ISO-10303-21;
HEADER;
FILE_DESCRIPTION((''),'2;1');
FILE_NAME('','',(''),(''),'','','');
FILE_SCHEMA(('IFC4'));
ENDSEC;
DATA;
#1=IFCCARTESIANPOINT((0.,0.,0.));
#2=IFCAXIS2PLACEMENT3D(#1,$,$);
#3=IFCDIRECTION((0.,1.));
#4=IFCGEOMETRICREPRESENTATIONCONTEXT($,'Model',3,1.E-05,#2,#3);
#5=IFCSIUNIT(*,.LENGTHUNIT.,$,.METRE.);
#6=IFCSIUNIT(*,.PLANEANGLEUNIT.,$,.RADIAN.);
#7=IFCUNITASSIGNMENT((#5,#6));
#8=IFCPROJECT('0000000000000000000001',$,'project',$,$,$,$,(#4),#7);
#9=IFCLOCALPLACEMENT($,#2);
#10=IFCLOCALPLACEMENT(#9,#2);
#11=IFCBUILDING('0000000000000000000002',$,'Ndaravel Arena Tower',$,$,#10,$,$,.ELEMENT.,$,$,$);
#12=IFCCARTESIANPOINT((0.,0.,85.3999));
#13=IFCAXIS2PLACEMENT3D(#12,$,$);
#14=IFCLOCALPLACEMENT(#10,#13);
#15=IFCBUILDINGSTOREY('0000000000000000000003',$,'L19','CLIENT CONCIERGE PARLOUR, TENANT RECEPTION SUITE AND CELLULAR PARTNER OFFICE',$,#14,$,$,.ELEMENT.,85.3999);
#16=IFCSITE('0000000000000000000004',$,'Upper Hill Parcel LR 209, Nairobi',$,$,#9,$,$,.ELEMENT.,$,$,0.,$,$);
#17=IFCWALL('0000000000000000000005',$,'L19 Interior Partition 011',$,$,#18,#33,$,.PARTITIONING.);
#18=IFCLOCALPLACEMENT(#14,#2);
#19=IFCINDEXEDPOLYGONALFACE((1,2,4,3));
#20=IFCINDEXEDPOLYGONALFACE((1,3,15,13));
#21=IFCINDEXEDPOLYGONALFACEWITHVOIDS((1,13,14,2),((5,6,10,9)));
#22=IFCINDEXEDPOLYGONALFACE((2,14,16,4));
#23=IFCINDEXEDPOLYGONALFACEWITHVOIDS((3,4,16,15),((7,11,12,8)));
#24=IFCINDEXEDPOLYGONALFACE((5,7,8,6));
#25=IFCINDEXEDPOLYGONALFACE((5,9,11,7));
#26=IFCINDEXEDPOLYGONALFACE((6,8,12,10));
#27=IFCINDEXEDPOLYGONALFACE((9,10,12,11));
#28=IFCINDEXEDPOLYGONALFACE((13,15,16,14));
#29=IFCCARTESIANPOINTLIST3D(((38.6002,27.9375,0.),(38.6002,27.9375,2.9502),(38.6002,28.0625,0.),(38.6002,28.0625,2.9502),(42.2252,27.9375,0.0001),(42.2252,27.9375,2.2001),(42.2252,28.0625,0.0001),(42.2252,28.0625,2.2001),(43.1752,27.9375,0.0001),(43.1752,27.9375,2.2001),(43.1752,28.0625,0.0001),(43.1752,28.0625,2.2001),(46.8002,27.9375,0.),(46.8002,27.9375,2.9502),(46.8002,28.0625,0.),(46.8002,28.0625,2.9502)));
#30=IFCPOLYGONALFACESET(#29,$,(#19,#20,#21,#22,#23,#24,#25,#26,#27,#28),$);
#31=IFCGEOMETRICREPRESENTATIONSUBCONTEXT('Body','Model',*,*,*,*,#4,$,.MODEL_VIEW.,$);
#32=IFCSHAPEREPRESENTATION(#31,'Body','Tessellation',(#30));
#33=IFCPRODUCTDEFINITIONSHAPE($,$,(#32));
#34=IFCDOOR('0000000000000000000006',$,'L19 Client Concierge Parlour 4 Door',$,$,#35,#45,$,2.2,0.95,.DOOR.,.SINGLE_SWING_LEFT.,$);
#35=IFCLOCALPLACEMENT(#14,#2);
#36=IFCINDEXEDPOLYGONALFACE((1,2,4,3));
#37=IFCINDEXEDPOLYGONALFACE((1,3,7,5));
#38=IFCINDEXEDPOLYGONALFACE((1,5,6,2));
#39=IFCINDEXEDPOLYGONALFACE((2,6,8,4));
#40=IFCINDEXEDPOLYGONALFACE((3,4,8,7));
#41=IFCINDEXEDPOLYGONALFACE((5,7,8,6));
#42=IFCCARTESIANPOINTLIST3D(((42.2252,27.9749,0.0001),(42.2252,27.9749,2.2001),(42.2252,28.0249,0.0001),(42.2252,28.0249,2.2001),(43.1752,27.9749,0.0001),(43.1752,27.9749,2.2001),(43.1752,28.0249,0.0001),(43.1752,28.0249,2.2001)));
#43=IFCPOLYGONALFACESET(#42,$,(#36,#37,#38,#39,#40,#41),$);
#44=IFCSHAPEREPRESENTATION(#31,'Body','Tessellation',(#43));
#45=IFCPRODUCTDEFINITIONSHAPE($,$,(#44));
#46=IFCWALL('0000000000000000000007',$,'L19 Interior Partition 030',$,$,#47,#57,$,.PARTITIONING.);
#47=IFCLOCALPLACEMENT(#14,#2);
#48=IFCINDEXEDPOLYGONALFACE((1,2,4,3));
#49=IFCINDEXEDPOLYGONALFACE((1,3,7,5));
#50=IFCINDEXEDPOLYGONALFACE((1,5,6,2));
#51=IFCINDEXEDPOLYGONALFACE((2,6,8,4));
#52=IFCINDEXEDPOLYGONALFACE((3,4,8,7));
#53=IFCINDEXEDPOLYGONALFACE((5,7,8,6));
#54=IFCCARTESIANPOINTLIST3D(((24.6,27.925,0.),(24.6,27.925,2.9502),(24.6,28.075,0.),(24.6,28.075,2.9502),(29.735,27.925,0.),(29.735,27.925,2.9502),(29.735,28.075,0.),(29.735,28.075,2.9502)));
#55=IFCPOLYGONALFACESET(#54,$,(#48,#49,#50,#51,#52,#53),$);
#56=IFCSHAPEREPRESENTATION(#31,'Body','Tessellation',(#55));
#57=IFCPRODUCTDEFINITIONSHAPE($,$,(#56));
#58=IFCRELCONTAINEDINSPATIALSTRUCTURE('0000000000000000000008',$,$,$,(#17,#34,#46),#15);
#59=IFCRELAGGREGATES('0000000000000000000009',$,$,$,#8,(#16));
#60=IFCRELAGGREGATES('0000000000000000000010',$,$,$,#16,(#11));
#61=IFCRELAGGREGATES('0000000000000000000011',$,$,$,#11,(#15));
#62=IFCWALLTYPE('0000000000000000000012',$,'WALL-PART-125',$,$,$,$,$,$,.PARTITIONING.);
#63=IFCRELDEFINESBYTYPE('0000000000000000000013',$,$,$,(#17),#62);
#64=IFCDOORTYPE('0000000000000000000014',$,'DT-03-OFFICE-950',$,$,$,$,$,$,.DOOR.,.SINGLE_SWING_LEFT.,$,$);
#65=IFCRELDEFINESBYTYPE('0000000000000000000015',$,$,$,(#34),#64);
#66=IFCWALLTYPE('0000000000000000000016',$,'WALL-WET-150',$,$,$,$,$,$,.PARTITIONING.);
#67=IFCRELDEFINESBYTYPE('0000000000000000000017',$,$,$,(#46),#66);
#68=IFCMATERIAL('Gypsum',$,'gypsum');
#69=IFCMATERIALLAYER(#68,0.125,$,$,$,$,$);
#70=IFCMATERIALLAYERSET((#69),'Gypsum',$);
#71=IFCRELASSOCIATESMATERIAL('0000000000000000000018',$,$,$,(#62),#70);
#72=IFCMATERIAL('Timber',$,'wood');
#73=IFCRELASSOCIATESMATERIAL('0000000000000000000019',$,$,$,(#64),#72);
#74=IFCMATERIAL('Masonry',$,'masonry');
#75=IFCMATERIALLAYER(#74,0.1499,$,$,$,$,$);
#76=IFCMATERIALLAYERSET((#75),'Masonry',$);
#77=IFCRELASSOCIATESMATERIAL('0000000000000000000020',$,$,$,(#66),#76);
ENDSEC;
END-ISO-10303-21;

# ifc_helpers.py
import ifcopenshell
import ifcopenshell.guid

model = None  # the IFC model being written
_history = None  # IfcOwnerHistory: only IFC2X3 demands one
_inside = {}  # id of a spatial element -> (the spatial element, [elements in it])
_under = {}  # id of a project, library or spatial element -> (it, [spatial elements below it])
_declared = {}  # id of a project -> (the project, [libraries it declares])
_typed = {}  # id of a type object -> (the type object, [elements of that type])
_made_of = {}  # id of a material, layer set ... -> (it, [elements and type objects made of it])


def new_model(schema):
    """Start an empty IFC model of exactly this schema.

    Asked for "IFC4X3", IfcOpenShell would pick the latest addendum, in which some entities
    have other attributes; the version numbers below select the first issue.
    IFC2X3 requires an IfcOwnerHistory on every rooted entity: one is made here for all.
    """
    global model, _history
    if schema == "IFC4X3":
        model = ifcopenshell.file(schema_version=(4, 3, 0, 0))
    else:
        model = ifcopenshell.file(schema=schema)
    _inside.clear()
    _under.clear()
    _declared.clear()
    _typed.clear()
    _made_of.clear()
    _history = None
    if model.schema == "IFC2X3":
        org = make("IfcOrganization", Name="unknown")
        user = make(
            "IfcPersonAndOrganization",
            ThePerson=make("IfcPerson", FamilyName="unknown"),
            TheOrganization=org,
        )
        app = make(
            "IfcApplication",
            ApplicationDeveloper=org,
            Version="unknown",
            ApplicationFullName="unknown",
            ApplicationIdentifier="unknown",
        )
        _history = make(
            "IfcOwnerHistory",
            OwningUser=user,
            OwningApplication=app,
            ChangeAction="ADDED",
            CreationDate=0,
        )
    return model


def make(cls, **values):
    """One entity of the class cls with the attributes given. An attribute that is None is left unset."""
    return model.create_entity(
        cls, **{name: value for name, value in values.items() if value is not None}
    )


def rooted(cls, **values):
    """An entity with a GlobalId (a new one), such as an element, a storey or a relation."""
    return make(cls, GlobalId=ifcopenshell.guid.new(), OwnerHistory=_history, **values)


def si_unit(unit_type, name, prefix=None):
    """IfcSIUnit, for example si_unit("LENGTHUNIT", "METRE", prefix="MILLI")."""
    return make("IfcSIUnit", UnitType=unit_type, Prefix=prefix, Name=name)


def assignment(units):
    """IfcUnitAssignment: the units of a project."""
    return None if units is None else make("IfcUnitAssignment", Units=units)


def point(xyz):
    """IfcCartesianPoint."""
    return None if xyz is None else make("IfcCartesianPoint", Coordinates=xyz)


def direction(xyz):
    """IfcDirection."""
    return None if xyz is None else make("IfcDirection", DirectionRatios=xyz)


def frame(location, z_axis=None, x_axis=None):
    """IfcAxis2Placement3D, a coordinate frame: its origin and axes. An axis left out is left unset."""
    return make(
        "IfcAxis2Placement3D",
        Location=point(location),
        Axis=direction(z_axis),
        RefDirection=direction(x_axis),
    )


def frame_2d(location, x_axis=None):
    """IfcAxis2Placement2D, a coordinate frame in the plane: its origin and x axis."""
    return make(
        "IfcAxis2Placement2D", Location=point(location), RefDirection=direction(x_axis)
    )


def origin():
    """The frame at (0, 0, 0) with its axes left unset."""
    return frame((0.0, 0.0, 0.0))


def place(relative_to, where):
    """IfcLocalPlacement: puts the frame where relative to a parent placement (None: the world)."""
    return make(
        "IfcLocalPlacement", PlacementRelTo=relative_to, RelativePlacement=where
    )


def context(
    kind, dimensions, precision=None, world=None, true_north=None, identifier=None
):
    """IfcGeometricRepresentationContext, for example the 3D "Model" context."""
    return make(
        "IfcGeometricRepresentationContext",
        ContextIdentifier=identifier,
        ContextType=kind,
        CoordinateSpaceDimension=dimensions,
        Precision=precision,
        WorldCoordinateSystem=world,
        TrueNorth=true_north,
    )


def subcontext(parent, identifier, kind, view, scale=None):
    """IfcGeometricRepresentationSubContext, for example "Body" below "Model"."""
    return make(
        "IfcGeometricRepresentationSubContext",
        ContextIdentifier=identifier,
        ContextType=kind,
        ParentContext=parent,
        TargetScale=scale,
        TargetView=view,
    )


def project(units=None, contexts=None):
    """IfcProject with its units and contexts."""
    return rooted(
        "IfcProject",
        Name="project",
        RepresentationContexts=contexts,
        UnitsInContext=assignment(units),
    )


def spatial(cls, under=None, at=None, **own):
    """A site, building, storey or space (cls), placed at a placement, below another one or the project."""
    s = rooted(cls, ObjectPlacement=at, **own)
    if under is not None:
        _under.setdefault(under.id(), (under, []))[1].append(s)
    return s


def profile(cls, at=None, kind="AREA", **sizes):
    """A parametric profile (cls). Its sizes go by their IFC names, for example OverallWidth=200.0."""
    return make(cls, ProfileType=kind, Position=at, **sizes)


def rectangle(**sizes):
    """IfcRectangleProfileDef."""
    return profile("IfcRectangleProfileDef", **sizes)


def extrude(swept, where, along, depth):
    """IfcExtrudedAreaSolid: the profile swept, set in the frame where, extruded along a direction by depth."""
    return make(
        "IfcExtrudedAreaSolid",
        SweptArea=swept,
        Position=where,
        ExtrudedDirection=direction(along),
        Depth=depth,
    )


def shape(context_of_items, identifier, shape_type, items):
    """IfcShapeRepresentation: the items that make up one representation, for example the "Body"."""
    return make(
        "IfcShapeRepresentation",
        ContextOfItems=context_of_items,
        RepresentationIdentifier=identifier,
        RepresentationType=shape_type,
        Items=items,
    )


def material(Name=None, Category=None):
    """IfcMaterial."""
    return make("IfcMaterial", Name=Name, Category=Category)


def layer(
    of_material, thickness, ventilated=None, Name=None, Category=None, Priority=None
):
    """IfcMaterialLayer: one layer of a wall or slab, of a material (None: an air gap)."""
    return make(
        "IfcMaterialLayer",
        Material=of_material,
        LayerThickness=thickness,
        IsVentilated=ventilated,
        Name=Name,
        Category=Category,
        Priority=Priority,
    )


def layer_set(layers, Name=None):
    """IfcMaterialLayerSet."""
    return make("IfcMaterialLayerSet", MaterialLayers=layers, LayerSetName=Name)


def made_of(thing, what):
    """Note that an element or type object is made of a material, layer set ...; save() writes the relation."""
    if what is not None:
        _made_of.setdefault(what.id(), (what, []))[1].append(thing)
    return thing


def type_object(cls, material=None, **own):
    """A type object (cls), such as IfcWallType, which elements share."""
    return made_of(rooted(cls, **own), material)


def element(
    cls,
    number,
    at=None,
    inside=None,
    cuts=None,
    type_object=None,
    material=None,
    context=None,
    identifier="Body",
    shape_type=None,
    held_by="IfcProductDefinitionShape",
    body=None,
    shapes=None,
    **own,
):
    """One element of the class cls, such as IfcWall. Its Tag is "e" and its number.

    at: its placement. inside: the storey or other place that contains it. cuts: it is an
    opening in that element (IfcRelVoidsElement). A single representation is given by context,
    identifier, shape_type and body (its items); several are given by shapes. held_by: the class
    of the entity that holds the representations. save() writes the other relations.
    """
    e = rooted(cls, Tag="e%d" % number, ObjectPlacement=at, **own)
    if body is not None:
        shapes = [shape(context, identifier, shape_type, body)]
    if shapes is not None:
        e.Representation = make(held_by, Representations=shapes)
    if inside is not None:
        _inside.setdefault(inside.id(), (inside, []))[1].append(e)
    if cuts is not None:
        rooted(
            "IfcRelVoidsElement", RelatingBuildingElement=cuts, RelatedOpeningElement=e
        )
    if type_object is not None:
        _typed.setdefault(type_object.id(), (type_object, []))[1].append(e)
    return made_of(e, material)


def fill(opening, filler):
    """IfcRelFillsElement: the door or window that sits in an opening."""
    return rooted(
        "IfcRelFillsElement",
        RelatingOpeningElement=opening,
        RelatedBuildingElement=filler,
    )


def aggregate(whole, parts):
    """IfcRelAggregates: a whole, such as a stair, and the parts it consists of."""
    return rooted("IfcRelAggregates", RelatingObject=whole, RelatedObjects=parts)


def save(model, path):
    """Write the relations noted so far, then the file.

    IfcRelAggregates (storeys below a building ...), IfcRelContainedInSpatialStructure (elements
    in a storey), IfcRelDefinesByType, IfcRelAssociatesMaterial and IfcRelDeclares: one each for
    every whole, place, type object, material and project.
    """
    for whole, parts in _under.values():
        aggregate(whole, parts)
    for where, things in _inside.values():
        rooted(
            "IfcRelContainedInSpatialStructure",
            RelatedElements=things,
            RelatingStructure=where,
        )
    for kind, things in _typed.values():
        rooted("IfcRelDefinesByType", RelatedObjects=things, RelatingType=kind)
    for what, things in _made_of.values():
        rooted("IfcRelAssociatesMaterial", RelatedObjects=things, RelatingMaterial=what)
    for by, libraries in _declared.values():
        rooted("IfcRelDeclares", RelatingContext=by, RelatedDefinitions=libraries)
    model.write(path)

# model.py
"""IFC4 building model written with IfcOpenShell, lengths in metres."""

from ifc_helpers import new_model, si_unit, direction, frame, frame_2d, origin, place, context, subcontext, project, spatial, rectangle, extrude, material, layer, layer_set, type_object, element, fill, save


model = new_model("IFC4")

# Units and contexts
model_context = context("Model", 3, precision=1e-05, world=origin(), true_north=direction((0.0, 1.0)))
body_context = subcontext(model_context, "Body", "Model", "MODEL_VIEW")
ifc_project = project(units=[si_unit("LENGTHUNIT", "METRE"), si_unit("PLANEANGLEUNIT", "RADIAN")], contexts=[model_context])

# Site, building, storey
site_placement = place(None, origin())
site = spatial("IfcSite", under=ifc_project, at=site_placement, Name="Upper Hill Parcel LR 209, Nairobi", CompositionType="ELEMENT", RefElevation=0.0)
building_placement = place(site_placement, origin())
building = spatial("IfcBuilding", under=site, at=building_placement, Name="Ndaravel Arena Tower", CompositionType="ELEMENT")
storey_placement = place(building_placement, frame((0.0, 0.0, 85.3999)))
storey = spatial("IfcBuildingStorey", under=building, at=storey_placement, Name="L19", Description="CLIENT CONCIERGE PARLOUR, TENANT RECEPTION SUITE AND CELLULAR PARTNER OFFICE", CompositionType="ELEMENT", Elevation=85.3999)

# Shared definitions
ifc_material_1 = material(Name="Gypsum", Category="gypsum")
ifc_layer_1 = layer(ifc_material_1, 0.125)
ifc_layer_set_1 = layer_set([ifc_layer_1], Name="Gypsum")
wall_type_1 = type_object("IfcWallType", Name="WALL-PART-125", PredefinedType="PARTITIONING", material=ifc_layer_set_1)

# Wall, opening, door
ifc_material_2 = material(Name="Timber", Category="wood")
door_type = type_object("IfcDoorType", Name="DT-03-OFFICE-950", OperationType="SINGLE_SWING_LEFT", PredefinedType="DOOR", material=ifc_material_2)
wall_1_placement = place(storey_placement, frame((38.6001, 28.0, 0.0), z_axis=(0.0, 0.0, 1.0), x_axis=(1.0, 0.0, 0.0)))
wall_1 = element("IfcWall", 1, at=wall_1_placement, inside=storey, type_object=wall_type_1, Name="L19 Interior Partition 011", PredefinedType="PARTITIONING", context=body_context, shape_type="SweptSolid", body=[
    extrude(rectangle(XDim=8.2, YDim=0.125, at=frame_2d((4.1001, 0.0))), origin(), (0.0, 0.0, 1.0), 2.9502),
])
opening_1_placement = place(wall_1_placement, frame((3.625, 0.0, 0.0)))
opening_1 = element("IfcOpeningElement", 2, at=opening_1_placement, cuts=wall_1, PredefinedType="OPENING", context=body_context, shape_type="SweptSolid", body=[
    extrude(rectangle(XDim=0.95, YDim=2.2, at=frame_2d((0.4751, 1.1001))), frame((0.0, 0.0625, 0.0), z_axis=(0.0, -1.0, 0.0), x_axis=(1.0, 0.0, 0.0)), (0.0, 0.0, 1.0), 0.125),
])
door_1_placement = place(opening_1_placement, origin())
door_1 = element("IfcDoor", 3, at=door_1_placement, inside=storey, type_object=door_type, Name="L19 Client Concierge Parlour 4 Door", OperationType="SINGLE_SWING_LEFT", OverallHeight=2.2, OverallWidth=0.95, PredefinedType="DOOR", context=body_context, shape_type="SweptSolid", body=[
    extrude(rectangle(XDim=0.95, YDim=2.2, at=frame_2d((0.4751, 1.1001))), frame((0.0, 0.0249, 0.0), z_axis=(0.0, -1.0, 0.0), x_axis=(1.0, 0.0, 0.0)), (0.0, 0.0, 1.0), 0.05),
])
fill(opening_1, door_1)

# Wall
ifc_material_3 = material(Name="Masonry", Category="masonry")
ifc_layer_2 = layer(ifc_material_3, 0.1499)
ifc_layer_set_2 = layer_set([ifc_layer_2], Name="Masonry")
wall_type_2 = type_object("IfcWallType", Name="WALL-WET-150", PredefinedType="PARTITIONING", material=ifc_layer_set_2)
wall_2_placement = place(storey_placement, frame((24.6001, 28.0, 0.0), z_axis=(0.0, 0.0, 1.0), x_axis=(1.0, 0.0, 0.0)))
element("IfcWall", 4, at=wall_2_placement, inside=storey, type_object=wall_type_2, Name="L19 Interior Partition 030", PredefinedType="PARTITIONING", context=body_context, shape_type="SweptSolid", body=[
    extrude(rectangle(XDim=5.135, YDim=0.1499, at=frame_2d((2.5674, 0.0))), origin(), (0.0, 0.0, 1.0), 2.9502),
])

save(model, "model.ifc")
